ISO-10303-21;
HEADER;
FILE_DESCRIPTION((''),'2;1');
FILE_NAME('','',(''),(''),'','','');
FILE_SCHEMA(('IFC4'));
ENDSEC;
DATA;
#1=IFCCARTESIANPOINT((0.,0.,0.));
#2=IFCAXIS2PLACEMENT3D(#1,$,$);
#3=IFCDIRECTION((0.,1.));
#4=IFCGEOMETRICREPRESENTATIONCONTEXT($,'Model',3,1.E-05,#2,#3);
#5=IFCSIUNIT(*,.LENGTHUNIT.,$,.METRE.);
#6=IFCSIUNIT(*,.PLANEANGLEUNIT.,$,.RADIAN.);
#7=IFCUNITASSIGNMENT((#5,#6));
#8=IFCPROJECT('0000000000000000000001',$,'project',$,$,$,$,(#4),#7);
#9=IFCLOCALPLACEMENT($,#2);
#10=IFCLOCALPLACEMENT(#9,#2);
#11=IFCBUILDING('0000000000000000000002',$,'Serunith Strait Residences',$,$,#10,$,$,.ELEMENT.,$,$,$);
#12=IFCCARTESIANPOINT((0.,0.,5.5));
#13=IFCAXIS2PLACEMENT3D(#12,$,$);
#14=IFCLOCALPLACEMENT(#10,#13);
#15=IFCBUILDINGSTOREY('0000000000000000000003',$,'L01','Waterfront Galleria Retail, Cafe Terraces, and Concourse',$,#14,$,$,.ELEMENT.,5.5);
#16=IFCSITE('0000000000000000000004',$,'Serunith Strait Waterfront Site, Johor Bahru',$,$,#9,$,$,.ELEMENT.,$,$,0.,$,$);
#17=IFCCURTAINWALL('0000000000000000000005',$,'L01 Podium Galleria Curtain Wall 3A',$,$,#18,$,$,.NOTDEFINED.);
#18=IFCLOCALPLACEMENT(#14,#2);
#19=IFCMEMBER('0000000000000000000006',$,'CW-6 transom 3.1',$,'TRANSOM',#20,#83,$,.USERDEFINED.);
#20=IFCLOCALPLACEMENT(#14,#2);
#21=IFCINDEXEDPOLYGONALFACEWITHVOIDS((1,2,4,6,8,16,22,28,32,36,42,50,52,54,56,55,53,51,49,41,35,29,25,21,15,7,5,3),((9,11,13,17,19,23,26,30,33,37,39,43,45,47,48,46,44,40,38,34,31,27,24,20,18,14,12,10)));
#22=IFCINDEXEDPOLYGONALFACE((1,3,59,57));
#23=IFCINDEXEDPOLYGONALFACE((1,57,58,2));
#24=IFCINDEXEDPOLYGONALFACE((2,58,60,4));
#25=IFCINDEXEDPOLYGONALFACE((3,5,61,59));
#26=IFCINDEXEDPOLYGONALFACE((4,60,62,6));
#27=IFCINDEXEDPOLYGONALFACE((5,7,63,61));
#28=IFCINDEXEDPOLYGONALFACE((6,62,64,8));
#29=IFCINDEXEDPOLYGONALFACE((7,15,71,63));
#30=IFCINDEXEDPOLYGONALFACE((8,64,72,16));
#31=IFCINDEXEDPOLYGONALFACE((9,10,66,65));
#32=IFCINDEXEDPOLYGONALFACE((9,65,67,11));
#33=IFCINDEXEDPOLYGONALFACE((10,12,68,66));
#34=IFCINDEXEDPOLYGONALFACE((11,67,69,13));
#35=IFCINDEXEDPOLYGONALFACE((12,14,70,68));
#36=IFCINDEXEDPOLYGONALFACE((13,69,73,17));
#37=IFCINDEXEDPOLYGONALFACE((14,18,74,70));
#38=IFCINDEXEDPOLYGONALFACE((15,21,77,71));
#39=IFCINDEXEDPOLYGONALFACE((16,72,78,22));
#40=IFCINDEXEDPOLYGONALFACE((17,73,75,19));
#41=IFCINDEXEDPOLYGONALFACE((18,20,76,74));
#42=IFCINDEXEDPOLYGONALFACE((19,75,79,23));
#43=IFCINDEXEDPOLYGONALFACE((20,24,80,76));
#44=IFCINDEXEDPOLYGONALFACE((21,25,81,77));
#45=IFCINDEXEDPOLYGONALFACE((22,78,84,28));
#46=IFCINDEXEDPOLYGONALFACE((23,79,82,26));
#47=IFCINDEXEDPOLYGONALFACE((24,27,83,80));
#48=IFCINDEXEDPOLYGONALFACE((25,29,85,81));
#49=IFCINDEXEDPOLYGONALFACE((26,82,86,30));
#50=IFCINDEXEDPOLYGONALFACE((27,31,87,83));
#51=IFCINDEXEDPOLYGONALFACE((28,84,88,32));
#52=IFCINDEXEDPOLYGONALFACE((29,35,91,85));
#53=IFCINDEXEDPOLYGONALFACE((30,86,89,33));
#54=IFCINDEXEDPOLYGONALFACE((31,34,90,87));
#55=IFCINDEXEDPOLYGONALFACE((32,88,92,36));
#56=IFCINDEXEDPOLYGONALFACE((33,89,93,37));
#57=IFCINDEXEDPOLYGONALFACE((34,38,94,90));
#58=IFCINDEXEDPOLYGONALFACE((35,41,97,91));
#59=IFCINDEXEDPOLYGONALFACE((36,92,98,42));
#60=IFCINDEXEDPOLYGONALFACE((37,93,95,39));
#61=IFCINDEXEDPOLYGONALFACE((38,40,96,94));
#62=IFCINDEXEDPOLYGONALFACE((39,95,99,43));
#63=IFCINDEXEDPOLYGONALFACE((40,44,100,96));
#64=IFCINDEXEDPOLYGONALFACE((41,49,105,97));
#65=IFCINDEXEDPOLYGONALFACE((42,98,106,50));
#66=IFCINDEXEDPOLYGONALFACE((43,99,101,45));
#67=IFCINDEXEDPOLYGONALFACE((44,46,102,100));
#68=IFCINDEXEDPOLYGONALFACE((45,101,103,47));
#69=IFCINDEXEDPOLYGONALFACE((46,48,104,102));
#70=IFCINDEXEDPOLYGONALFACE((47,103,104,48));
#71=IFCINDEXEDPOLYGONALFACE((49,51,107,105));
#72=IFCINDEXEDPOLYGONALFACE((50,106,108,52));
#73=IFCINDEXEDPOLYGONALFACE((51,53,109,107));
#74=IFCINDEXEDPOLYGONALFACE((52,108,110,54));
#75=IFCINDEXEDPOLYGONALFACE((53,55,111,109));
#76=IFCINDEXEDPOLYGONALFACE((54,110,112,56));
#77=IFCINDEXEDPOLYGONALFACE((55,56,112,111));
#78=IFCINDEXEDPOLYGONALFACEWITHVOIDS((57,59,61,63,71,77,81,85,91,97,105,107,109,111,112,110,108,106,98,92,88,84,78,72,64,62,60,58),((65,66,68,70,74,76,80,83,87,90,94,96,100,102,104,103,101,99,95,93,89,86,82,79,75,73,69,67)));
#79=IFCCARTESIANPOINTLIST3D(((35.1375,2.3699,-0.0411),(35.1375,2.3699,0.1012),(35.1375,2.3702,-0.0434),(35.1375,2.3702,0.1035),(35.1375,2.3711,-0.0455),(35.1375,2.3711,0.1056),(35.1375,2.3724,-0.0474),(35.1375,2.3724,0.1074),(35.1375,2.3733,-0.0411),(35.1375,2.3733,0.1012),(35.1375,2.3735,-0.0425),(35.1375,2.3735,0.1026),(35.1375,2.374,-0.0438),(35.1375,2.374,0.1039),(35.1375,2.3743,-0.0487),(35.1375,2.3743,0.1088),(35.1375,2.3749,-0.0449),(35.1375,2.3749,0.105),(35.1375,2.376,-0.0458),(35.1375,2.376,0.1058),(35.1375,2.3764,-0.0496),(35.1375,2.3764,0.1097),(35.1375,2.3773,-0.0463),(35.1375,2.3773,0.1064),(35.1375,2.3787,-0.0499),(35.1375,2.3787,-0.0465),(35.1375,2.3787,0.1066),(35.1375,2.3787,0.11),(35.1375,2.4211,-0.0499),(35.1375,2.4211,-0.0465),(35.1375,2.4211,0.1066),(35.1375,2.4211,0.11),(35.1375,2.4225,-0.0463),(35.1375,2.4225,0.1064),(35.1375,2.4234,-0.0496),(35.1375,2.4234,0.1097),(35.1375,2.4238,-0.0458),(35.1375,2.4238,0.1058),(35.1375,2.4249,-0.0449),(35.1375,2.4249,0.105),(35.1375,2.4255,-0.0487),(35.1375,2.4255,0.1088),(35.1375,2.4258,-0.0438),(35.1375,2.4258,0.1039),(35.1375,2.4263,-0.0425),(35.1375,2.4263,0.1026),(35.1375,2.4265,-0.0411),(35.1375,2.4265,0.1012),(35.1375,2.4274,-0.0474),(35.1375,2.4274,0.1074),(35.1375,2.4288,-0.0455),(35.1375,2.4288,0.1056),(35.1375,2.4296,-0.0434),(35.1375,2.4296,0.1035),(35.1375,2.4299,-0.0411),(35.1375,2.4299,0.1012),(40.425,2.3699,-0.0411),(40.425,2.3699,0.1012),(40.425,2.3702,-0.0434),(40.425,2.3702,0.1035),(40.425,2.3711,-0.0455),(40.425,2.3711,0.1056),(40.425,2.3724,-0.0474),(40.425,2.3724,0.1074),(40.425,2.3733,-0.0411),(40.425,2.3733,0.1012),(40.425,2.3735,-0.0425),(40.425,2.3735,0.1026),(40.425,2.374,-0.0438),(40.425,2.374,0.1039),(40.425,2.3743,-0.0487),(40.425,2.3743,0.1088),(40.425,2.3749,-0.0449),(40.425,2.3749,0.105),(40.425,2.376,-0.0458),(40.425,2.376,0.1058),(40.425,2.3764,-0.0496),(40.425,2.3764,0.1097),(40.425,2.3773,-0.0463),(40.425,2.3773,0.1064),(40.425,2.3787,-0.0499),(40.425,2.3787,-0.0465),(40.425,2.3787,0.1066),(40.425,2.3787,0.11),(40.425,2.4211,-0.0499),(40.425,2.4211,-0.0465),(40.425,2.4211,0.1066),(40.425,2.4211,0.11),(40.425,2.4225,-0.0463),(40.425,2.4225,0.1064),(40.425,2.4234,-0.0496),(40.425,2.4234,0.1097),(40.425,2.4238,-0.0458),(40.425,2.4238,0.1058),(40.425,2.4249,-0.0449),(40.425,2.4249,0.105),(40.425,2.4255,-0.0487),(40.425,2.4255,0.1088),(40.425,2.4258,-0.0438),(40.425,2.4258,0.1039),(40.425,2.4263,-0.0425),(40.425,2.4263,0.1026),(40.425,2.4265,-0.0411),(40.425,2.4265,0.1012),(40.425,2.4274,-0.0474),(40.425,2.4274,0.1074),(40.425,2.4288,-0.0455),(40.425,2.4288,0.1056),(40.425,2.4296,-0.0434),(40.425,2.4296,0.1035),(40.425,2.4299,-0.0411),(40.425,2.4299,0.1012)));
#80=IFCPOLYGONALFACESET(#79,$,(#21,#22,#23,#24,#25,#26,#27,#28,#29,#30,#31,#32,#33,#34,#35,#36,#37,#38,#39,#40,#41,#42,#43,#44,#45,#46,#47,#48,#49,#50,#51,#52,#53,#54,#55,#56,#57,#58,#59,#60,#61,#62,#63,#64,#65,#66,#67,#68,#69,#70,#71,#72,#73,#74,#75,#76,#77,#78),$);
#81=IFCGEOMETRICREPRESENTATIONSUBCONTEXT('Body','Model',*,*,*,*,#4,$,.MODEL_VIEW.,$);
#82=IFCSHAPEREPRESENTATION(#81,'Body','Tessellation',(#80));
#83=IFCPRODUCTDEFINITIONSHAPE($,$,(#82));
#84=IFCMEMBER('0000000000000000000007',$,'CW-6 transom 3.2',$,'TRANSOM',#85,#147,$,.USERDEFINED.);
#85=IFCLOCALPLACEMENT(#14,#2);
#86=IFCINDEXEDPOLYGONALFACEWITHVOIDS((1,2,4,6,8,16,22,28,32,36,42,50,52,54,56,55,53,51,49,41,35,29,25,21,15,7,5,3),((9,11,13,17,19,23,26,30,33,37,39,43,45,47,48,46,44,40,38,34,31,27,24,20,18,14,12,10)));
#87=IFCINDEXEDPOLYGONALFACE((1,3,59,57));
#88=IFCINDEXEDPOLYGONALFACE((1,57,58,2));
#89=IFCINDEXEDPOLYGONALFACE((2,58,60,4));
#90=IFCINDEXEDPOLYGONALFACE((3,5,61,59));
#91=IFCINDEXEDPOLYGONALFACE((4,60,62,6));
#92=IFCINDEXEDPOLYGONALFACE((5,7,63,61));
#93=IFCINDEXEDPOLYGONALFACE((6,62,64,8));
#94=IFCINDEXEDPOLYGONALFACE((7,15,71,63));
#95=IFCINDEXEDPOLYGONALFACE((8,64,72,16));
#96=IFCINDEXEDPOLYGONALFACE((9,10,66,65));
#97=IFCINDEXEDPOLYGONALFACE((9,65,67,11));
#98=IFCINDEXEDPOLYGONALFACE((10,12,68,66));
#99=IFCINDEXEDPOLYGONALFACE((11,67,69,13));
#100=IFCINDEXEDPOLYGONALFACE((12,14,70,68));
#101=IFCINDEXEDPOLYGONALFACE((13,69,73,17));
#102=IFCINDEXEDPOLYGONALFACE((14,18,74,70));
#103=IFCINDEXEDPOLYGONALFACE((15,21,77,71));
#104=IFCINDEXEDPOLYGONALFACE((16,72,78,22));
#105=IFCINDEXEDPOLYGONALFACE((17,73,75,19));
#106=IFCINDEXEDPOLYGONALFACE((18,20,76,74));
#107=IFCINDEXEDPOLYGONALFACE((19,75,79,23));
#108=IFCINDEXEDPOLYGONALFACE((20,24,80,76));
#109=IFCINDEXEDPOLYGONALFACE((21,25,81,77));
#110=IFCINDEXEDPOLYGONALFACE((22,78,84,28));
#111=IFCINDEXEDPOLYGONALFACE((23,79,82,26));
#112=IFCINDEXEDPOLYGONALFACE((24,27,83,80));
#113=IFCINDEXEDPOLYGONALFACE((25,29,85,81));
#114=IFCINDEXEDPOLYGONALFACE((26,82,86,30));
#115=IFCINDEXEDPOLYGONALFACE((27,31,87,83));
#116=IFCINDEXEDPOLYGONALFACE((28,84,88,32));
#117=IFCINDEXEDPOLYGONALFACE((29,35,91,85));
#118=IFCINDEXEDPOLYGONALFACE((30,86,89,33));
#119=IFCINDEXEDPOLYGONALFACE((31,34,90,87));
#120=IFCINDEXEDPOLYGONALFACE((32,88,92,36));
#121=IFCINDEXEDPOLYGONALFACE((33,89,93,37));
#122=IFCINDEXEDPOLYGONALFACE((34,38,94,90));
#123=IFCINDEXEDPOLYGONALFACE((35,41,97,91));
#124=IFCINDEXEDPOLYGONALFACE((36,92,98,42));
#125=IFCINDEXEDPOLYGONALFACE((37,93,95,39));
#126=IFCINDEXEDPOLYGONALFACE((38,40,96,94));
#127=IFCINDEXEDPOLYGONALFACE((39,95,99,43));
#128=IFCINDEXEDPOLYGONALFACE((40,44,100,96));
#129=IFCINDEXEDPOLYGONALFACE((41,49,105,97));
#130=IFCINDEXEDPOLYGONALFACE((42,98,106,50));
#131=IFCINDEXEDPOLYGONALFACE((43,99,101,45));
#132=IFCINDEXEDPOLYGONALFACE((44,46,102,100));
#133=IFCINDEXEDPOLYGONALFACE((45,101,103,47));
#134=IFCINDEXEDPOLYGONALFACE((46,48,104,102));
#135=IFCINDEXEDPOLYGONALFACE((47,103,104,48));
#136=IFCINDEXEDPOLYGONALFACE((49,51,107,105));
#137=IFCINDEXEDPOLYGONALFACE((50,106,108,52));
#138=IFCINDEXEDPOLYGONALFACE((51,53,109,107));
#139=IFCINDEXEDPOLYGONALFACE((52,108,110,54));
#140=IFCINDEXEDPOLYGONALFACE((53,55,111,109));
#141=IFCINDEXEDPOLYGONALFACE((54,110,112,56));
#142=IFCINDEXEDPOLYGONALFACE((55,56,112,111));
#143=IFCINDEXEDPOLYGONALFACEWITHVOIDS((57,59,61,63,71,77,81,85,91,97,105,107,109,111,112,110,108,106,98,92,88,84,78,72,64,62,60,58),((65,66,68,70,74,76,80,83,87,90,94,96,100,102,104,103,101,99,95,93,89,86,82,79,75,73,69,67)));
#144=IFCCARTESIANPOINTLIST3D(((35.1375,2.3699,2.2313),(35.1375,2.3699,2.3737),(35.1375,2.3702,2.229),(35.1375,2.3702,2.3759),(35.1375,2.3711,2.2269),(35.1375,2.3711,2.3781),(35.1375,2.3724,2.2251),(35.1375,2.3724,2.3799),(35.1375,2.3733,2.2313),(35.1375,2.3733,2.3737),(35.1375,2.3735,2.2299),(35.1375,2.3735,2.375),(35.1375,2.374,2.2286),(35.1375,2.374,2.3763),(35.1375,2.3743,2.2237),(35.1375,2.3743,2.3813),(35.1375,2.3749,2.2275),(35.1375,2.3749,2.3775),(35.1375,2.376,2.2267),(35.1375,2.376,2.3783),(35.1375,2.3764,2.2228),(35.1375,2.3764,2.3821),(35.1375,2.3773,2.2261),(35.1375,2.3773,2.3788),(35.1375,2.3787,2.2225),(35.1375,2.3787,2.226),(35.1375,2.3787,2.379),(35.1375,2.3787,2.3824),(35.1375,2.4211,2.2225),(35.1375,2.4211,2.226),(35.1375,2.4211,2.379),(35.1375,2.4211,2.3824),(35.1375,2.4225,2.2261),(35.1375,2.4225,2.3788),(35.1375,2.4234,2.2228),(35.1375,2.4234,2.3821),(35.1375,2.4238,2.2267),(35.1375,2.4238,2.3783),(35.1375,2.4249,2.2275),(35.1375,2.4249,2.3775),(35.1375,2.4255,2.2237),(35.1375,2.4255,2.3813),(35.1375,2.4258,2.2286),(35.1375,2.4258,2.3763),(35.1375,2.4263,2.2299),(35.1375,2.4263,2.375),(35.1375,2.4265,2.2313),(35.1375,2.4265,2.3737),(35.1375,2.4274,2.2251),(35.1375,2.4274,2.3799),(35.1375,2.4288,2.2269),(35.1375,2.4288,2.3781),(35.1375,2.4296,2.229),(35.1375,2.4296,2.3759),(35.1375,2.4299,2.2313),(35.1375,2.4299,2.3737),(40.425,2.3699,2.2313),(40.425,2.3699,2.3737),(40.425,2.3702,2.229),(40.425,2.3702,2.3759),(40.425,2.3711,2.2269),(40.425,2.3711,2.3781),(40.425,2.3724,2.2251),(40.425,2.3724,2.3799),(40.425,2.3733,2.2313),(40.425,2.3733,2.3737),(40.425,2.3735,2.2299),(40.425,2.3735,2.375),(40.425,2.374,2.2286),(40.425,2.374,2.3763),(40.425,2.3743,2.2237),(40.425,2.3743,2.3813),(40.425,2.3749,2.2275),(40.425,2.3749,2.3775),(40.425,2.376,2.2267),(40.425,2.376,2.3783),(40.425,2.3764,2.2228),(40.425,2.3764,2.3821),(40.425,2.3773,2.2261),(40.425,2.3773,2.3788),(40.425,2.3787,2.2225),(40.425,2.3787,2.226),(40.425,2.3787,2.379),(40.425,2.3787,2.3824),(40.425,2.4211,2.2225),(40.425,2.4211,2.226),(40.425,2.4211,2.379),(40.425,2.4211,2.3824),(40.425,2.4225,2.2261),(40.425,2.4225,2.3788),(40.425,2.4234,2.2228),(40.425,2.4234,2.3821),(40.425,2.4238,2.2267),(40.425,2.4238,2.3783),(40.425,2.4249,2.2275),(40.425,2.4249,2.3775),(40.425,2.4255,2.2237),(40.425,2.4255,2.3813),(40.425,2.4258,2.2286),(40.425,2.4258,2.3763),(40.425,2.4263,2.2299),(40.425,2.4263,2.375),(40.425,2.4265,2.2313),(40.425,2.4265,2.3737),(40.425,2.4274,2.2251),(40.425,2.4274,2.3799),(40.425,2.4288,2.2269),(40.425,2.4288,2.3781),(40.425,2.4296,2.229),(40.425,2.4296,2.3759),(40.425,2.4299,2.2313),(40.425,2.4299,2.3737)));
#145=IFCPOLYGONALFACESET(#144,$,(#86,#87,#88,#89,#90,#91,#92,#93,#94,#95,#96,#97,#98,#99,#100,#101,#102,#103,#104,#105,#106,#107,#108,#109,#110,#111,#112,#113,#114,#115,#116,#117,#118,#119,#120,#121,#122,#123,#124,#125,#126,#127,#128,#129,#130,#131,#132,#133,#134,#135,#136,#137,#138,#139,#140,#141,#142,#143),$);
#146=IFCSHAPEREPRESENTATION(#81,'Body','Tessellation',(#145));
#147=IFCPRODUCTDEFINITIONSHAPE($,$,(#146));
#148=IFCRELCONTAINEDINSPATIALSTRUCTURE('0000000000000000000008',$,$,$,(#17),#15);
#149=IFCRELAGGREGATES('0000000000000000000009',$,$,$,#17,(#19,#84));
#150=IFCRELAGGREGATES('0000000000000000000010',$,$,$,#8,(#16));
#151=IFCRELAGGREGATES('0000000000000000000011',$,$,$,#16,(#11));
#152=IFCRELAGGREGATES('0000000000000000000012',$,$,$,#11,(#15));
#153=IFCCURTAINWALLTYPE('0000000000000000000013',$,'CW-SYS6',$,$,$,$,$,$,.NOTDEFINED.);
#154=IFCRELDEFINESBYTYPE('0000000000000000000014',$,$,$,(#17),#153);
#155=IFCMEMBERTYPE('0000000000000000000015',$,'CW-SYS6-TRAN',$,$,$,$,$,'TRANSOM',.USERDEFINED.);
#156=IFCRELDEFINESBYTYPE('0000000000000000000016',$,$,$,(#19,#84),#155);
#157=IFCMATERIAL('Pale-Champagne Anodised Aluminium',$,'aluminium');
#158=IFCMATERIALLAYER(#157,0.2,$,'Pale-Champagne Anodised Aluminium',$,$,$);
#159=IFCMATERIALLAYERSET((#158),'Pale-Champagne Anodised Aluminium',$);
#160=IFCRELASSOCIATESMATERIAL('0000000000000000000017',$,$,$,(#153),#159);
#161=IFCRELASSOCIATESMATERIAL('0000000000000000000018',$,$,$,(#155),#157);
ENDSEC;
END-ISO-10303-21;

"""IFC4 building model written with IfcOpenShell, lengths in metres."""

from ifc_helpers import new_model, si_unit, direction, frame, origin, origin_2d, place, context, subcontext, project, spatial, hollow_rectangle, extrude, source, transform, mapped, material, layer, layer_set, material_profile, profile_set, type_object, element, aggregate, save


model = new_model("IFC4")

# Units and contexts
model_context = context("Model", 3, precision=1e-05, world=origin(), true_north=direction((0.0, 1.0)))
body_context = subcontext(model_context, "Body", "Model", "MODEL_VIEW")
ifc_project = project(units=[si_unit("LENGTHUNIT", "METRE"), si_unit("PLANEANGLEUNIT", "RADIAN")], contexts=[model_context])

# Site, building, storey
site_placement = place(None, origin())
site = spatial("IfcSite", under=ifc_project, at=site_placement, Name="Serunith Strait Waterfront Site, Johor Bahru", CompositionType="ELEMENT", RefElevation=0.0)
building_placement = place(site_placement, origin())
building = spatial("IfcBuilding", under=site, at=building_placement, Name="Serunith Strait Residences", CompositionType="ELEMENT")
storey_placement = place(building_placement, frame((0.0, 0.0, 5.5)))
storey = spatial("IfcBuildingStorey", under=building, at=storey_placement, Name="L01", Description="Waterfront Galleria Retail, Cafe Terraces, and Concourse", CompositionType="ELEMENT", Elevation=5.5)

# Curtain wall, members
ifc_material_1 = material(Name="Pale-Champagne Anodised Aluminium", Category="aluminium")
ifc_layer_1 = layer(ifc_material_1, 0.2, Name="Pale-Champagne Anodised Aluminium")
ifc_layer_set_1 = layer_set([ifc_layer_1], Name="Pale-Champagne Anodised Aluminium")
curtain_wall_type = type_object("IfcCurtainWallType", Name="CW-SYS6", PredefinedType="NOTDEFINED", material=ifc_layer_set_1)
curtain_wall_placement = place(storey_placement, origin())
curtain_wall = element("IfcCurtainWall", 1, at=curtain_wall_placement, inside=storey, type_object=curtain_wall_type, Name="L01 Podium Galleria Curtain Wall 3A", PredefinedType="NOTDEFINED")
ifc_material_profile_1 = material_profile(ifc_material_1, hollow_rectangle(XDim=0.0601, YDim=0.1599, WallThickness=0.0034, InnerFilletRadius=0.0054, OuterFilletRadius=0.0088, at=origin_2d()), Name="ALU 160x60x3.5")
ifc_profile_set_1 = profile_set([ifc_material_profile_1], Name="Pale-Champagne Anodised Aluminium")
member_type_1 = type_object("IfcMemberType", Name="CW-SYS6-TRAN", ElementType="TRANSOM", PredefinedType="USERDEFINED", material=ifc_profile_set_1)
shared_shape_1 = source(origin(), body_context, "Body", "SweptSolid", [
    extrude(hollow_rectangle(XDim=0.0601, YDim=0.1599, WallThickness=0.0034, InnerFilletRadius=0.0054, OuterFilletRadius=0.0088, at=origin_2d()), origin(), (0.0, 0.0, 1.0), 5.2876),
])
member_1_placement = place(storey_placement, frame((35.1375, 2.3999, 0.03), z_axis=(1.0, 0.0, 0.0), x_axis=(0.0, 1.0, 0.0)))
member_1 = element("IfcMember", 2, at=member_1_placement, type_object=member_type_1, Name="CW-6 transom 3.1", ObjectType="TRANSOM", PredefinedType="USERDEFINED", context=body_context, shape_type="MappedRepresentation", body=[
    mapped(shared_shape_1, transform((0.0, 0.0, 0.0), scale=1.0)),
])
member_2_placement = place(storey_placement, frame((35.1375, 2.3999, 2.3025), z_axis=(1.0, 0.0, 0.0), x_axis=(0.0, 1.0, 0.0)))
member_2 = element("IfcMember", 3, at=member_2_placement, type_object=member_type_1, Name="CW-6 transom 3.2", ObjectType="TRANSOM", PredefinedType="USERDEFINED", context=body_context, shape_type="MappedRepresentation", body=[
    mapped(shared_shape_1, transform((0.0, 0.0, 0.0), scale=1.0)),
])
aggregate(curtain_wall, [member_1, member_2])

save(model, "model.ifc")
